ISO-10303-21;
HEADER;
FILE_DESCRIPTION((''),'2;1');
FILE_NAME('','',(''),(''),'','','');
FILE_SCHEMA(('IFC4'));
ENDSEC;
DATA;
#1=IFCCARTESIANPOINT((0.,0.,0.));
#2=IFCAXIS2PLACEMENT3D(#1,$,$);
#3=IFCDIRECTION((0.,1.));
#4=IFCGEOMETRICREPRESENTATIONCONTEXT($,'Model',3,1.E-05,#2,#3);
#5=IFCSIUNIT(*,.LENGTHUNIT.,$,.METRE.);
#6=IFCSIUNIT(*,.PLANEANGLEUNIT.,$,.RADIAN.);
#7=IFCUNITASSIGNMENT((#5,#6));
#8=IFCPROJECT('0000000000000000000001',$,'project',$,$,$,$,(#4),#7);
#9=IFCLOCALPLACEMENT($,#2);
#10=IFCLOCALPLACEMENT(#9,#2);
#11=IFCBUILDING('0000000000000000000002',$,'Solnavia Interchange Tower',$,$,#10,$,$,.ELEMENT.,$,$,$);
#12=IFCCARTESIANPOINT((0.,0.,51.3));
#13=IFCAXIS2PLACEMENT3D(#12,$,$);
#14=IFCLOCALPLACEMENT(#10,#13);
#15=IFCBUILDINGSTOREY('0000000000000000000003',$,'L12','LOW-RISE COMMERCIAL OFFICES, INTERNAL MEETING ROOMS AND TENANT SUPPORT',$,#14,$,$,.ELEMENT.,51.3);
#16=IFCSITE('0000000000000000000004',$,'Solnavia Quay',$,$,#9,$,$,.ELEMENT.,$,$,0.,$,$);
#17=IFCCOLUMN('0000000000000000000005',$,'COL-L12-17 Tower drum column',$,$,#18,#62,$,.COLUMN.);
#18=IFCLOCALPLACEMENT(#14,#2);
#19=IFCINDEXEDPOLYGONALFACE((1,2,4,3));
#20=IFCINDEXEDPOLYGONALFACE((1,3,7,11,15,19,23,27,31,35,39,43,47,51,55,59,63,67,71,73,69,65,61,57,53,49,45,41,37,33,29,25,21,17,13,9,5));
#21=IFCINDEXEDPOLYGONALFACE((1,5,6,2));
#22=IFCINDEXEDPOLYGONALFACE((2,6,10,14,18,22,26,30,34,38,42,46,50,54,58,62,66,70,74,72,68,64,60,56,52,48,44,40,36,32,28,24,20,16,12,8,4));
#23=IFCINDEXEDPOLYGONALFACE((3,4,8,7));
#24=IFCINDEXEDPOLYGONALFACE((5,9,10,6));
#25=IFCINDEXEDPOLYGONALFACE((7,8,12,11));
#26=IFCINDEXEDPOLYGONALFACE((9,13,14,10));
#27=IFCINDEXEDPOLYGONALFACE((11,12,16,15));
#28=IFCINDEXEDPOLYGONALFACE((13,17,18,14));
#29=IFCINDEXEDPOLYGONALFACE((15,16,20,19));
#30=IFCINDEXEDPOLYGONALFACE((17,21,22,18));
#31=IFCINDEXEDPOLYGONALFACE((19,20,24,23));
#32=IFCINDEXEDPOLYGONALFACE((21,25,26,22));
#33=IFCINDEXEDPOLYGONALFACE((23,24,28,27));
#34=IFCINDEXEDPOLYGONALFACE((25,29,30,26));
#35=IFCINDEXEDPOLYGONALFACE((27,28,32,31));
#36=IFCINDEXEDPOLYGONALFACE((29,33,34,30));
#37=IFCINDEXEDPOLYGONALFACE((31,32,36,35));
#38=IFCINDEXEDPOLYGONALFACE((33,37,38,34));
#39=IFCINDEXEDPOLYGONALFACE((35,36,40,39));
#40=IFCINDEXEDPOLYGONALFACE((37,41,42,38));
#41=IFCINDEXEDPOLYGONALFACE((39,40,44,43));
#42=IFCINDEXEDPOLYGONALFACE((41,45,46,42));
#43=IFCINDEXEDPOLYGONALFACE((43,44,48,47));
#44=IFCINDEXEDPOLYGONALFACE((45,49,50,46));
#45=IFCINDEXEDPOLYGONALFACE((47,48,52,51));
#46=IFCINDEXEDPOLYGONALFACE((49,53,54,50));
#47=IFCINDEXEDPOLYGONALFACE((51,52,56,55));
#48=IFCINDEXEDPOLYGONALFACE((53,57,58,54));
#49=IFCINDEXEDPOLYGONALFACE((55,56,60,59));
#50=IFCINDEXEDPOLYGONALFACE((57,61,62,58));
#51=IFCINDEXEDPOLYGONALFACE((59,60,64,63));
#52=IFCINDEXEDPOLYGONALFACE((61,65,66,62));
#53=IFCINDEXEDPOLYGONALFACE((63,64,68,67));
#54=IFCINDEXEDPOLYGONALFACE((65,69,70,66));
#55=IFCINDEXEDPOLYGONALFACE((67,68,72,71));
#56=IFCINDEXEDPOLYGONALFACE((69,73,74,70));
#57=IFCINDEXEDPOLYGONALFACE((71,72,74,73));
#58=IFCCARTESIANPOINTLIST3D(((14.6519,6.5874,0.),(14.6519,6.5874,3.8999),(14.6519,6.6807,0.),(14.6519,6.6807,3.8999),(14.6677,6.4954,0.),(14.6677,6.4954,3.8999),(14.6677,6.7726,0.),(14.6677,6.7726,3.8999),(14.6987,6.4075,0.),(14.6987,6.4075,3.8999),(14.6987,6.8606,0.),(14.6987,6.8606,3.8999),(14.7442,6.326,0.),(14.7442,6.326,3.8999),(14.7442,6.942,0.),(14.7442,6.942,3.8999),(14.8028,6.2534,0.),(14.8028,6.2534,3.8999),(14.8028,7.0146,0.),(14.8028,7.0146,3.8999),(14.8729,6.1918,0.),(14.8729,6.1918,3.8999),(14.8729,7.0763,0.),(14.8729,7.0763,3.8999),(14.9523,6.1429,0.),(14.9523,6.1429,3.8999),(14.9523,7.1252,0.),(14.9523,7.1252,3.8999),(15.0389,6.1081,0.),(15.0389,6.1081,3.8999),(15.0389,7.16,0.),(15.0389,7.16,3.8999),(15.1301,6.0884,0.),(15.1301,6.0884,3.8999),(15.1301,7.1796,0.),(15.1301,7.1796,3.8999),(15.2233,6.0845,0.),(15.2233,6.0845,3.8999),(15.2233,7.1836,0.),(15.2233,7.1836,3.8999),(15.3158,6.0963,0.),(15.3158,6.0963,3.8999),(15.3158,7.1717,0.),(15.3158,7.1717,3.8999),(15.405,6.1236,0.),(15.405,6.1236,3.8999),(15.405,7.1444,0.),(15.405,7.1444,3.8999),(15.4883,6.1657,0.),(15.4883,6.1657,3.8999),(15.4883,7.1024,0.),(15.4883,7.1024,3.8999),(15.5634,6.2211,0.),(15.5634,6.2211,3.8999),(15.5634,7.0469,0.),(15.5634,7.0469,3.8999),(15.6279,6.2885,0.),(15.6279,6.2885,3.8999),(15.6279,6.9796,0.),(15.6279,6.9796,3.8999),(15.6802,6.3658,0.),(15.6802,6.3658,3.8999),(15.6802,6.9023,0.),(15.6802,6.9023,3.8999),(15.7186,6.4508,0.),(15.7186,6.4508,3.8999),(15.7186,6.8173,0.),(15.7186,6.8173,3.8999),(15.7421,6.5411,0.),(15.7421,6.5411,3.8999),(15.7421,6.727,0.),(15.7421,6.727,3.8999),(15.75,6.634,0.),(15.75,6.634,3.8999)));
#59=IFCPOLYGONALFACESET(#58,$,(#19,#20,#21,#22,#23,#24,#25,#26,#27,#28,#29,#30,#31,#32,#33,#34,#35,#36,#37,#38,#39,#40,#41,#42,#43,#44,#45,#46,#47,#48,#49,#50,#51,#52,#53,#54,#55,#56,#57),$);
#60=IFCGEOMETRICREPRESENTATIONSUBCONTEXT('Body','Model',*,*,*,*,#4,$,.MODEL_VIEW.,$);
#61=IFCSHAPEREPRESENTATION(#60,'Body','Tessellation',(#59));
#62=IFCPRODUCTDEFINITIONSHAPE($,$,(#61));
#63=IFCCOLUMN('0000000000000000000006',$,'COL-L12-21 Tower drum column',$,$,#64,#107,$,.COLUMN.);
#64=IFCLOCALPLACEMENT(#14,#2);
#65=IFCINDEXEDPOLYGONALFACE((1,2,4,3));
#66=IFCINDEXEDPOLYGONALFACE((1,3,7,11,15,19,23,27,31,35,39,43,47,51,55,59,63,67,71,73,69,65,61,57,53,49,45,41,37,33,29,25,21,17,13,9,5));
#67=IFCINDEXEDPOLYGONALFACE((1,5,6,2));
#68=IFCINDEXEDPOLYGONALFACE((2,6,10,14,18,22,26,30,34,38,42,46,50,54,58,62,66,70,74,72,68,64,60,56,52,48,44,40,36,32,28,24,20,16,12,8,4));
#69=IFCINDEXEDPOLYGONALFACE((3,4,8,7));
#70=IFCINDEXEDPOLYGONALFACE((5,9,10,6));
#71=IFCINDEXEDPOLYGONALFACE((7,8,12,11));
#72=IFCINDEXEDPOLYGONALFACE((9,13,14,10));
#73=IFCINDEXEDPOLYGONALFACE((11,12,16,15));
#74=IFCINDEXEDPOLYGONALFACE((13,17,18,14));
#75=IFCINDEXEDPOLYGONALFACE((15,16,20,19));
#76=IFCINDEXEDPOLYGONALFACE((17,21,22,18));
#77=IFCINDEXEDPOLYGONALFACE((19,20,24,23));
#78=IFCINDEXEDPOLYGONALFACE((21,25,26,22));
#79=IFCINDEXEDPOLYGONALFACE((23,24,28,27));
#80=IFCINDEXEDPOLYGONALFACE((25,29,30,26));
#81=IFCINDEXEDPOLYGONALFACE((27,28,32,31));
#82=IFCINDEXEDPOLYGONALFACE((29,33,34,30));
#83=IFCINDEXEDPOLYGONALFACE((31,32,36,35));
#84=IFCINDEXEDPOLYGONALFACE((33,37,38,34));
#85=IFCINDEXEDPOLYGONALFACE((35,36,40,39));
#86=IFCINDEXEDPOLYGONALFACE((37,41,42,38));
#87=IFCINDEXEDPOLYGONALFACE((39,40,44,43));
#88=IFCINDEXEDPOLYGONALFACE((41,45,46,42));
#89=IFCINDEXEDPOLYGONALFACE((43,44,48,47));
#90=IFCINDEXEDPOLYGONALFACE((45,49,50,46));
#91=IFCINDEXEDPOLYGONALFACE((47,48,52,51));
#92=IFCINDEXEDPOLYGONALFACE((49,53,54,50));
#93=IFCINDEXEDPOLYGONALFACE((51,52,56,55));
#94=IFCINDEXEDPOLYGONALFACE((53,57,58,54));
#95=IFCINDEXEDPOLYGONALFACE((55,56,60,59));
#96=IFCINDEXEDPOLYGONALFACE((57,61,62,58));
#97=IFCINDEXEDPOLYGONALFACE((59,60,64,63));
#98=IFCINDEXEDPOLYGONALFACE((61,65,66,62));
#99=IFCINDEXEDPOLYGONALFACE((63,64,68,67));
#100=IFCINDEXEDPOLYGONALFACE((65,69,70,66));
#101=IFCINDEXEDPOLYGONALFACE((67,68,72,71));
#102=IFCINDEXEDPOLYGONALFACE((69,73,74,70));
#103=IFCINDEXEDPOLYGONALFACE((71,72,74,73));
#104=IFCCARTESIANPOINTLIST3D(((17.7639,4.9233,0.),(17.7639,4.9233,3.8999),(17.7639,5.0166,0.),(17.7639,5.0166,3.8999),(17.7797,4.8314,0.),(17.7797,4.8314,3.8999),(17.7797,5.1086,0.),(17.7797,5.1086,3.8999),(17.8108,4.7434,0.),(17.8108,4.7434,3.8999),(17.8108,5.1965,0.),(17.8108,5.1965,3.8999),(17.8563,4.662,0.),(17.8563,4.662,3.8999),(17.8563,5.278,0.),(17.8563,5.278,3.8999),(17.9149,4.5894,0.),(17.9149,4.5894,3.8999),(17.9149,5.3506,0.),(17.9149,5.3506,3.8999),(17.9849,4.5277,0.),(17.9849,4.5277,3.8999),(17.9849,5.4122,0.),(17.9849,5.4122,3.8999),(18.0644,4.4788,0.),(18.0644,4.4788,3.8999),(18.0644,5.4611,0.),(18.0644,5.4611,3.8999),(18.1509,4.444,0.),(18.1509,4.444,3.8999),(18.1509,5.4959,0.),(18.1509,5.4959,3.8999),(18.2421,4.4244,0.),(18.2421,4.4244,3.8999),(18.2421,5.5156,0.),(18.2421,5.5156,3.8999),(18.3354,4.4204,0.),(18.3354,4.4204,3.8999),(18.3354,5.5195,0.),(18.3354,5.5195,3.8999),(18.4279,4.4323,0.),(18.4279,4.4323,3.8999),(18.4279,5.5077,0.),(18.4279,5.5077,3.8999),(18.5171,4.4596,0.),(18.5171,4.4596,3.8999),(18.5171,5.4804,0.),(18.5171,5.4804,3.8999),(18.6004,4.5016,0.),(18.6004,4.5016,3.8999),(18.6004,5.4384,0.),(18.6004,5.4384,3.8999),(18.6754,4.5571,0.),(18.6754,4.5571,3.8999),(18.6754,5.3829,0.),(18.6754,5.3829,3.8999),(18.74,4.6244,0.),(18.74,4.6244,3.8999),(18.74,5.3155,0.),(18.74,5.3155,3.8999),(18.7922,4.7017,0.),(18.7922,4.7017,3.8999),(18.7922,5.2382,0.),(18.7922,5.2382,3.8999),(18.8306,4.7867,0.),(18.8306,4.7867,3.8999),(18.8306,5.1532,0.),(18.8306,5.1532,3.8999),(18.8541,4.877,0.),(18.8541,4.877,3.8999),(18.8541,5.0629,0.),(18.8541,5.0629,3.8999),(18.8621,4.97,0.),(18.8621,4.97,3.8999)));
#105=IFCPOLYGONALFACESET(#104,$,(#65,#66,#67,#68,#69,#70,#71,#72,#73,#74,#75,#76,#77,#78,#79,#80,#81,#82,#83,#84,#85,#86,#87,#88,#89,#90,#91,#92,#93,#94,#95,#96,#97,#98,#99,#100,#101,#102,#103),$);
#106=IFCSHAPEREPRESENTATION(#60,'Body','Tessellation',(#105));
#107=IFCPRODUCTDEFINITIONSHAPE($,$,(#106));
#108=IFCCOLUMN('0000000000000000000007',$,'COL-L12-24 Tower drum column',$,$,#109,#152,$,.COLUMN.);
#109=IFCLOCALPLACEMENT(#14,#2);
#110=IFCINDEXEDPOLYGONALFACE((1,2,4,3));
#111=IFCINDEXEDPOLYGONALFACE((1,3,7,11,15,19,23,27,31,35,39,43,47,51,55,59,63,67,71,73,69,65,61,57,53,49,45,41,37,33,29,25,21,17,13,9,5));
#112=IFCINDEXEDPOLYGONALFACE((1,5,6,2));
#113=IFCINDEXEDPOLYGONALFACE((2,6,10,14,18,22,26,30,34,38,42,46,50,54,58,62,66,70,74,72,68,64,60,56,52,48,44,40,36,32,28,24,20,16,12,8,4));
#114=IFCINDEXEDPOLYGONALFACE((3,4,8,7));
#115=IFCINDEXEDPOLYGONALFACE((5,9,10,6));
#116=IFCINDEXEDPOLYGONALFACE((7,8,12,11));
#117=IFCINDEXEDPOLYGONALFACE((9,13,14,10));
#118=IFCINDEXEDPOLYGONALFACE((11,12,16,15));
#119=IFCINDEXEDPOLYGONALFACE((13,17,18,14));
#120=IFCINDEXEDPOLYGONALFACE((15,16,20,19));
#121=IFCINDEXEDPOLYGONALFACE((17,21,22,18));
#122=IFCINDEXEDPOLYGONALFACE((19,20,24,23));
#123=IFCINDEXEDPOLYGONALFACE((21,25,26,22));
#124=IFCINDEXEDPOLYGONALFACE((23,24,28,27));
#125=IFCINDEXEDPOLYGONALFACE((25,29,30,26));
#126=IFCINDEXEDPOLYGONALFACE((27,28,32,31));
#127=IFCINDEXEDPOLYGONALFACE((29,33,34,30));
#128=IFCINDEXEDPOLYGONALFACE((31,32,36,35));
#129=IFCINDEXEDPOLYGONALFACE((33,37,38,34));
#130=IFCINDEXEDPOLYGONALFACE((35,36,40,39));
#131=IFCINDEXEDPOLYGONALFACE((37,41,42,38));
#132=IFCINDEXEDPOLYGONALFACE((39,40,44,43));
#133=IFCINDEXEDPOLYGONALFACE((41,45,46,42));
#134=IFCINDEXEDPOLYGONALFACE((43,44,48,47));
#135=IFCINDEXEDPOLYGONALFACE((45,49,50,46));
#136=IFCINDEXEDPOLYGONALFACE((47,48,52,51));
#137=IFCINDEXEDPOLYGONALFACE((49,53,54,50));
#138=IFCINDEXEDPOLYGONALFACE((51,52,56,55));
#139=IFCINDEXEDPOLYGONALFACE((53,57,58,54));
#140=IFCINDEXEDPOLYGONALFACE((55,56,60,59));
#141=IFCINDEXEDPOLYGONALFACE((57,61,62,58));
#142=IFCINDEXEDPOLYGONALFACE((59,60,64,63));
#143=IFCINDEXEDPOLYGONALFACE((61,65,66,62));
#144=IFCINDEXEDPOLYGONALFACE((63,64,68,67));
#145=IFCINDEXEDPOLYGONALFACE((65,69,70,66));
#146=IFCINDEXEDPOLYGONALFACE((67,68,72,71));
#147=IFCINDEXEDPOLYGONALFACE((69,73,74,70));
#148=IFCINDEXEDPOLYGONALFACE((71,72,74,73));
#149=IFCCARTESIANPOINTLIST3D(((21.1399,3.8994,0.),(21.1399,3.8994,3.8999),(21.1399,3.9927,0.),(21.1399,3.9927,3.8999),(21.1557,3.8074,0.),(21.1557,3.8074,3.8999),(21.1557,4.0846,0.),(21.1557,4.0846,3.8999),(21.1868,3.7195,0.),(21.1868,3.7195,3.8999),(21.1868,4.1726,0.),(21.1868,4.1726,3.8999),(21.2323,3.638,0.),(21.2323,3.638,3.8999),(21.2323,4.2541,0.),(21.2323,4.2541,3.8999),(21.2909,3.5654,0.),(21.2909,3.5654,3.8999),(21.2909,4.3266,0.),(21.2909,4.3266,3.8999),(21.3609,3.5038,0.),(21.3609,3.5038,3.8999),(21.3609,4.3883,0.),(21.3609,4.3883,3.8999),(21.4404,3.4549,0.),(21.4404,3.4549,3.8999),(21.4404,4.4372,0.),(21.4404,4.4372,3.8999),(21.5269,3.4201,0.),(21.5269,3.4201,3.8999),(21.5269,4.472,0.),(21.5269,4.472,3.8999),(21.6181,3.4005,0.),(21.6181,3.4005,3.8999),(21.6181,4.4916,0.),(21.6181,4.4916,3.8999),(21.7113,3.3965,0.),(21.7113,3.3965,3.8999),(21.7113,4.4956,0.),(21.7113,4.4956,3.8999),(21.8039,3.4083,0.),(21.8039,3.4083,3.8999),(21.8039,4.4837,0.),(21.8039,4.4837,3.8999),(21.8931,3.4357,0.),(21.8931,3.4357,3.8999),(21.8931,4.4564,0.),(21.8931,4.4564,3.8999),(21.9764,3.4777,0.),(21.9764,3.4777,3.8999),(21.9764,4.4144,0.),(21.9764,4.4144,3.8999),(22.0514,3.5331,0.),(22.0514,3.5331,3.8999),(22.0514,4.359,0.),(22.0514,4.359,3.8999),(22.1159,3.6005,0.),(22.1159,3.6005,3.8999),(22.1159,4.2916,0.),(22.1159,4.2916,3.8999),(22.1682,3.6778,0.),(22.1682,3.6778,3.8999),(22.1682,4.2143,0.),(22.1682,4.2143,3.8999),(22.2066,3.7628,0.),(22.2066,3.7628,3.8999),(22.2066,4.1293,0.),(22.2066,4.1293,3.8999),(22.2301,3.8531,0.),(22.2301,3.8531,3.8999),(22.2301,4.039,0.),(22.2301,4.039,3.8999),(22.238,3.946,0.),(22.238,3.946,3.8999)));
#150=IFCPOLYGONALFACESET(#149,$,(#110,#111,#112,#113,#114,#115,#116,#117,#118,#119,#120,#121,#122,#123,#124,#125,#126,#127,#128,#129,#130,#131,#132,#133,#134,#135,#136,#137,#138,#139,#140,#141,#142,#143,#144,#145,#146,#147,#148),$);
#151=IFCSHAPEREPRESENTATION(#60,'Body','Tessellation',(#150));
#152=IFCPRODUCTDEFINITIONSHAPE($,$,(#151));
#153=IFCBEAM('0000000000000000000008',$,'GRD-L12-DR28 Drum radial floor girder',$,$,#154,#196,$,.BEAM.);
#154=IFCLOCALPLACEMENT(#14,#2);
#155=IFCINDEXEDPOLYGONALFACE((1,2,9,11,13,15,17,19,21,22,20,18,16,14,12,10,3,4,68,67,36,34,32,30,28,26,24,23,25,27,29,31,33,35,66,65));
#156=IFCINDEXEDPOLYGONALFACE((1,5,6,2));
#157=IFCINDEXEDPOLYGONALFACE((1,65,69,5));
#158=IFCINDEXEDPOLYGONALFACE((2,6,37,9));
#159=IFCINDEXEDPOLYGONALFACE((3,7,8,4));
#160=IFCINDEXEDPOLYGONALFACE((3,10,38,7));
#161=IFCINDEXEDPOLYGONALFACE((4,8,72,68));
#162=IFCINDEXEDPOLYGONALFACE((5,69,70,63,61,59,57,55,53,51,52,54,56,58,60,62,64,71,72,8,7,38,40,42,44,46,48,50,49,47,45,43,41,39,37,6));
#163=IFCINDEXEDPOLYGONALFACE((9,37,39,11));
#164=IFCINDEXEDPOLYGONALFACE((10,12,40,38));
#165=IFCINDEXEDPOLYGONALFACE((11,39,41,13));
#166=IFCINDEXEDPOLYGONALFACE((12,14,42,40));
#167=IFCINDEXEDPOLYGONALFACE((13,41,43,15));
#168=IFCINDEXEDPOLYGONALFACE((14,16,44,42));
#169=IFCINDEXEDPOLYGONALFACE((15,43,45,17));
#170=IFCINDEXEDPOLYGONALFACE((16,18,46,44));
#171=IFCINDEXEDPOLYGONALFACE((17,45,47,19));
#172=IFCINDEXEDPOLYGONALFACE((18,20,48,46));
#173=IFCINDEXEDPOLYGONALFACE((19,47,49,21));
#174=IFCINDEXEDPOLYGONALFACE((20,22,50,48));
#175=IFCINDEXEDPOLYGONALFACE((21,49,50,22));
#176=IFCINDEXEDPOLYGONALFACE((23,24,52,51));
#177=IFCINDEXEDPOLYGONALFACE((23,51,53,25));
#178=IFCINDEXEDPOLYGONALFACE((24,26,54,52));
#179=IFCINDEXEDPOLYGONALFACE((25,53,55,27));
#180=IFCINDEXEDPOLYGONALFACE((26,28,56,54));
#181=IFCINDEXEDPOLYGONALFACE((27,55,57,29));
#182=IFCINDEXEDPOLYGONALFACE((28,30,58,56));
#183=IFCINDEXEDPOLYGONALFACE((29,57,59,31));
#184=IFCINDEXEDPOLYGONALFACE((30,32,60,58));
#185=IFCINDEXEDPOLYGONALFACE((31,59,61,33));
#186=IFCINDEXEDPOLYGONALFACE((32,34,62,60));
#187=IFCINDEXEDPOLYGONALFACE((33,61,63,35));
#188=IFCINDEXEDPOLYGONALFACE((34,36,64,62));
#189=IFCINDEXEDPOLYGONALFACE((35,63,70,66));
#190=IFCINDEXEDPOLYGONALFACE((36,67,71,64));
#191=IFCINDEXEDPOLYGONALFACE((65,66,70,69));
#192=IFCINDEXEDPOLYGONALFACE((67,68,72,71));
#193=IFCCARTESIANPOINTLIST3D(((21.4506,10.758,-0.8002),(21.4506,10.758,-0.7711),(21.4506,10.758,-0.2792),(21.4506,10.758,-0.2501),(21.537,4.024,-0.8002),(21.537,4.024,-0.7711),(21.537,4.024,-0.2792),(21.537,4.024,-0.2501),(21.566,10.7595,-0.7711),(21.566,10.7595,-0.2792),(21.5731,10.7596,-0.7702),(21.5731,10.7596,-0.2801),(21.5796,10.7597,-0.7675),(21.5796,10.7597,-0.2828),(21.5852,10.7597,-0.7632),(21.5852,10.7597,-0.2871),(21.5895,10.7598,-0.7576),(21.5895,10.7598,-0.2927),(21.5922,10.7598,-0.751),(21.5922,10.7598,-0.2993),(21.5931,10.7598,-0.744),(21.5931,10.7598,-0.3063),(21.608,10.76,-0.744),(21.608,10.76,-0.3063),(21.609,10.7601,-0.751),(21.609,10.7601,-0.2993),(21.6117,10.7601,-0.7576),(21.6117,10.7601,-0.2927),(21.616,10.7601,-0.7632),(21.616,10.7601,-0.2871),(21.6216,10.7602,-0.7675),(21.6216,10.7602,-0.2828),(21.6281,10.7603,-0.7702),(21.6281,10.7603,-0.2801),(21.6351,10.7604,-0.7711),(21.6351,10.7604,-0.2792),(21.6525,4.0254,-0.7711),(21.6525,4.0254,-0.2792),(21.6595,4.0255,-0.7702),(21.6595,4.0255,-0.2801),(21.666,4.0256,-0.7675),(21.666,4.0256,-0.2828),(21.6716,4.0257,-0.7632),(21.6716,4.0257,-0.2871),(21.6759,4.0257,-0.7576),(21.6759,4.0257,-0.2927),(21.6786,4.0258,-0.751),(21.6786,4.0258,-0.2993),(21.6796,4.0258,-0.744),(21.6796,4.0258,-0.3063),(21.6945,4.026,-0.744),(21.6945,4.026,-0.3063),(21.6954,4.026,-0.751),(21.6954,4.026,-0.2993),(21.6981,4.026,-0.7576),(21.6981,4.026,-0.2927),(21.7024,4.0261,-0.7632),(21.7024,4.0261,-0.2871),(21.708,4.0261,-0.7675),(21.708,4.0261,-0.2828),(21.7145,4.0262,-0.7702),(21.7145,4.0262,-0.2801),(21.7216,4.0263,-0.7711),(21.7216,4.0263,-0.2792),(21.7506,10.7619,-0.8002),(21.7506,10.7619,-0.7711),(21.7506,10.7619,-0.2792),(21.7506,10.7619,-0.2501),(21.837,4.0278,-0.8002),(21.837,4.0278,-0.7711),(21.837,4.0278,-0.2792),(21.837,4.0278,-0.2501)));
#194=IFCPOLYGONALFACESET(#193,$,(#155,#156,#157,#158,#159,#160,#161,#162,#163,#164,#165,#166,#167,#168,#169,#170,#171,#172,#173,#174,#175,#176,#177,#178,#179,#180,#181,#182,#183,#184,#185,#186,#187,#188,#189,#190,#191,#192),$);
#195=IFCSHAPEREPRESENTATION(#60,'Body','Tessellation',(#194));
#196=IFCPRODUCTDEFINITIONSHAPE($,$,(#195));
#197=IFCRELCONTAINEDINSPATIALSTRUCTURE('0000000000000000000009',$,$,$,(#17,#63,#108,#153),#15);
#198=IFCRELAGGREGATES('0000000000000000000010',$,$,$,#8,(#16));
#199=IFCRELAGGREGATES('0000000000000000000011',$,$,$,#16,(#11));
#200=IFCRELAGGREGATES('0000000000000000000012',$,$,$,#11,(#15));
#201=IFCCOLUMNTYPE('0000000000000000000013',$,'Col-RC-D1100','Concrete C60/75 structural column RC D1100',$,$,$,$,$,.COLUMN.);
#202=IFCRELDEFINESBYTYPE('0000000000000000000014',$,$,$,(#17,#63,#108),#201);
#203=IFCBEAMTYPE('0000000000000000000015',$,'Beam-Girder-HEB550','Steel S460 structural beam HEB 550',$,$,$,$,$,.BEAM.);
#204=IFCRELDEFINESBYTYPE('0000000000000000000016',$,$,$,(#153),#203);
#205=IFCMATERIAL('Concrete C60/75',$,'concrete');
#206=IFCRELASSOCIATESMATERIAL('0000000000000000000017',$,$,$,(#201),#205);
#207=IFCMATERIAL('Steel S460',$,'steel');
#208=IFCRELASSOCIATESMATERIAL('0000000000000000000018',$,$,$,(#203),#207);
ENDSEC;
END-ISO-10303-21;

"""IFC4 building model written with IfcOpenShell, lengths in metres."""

from ifc_helpers import new_model, si_unit, direction, frame, origin, origin_2d, place, context, subcontext, project, spatial, circle, i_section, extrude, material, material_profile, profile_set, type_object, element, save


model = new_model("IFC4")

# Units and contexts
model_context = context("Model", 3, precision=1e-05, world=origin(), true_north=direction((0.0, 1.0)))
body_context = subcontext(model_context, "Body", "Model", "MODEL_VIEW")
ifc_project = project(units=[si_unit("LENGTHUNIT", "METRE"), si_unit("PLANEANGLEUNIT", "RADIAN")], contexts=[model_context])

# Site, building, storey
site_placement = place(None, origin())
site = spatial("IfcSite", under=ifc_project, at=site_placement, Name="Solnavia Quay", CompositionType="ELEMENT", RefElevation=0.0)
building_placement = place(site_placement, origin())
building = spatial("IfcBuilding", under=site, at=building_placement, Name="Solnavia Interchange Tower", CompositionType="ELEMENT")
storey_placement = place(building_placement, frame((0.0, 0.0, 51.3)))
storey = spatial("IfcBuildingStorey", under=building, at=storey_placement, Name="L12", Description="LOW-RISE COMMERCIAL OFFICES, INTERNAL MEETING ROOMS AND TENANT SUPPORT", CompositionType="ELEMENT", Elevation=51.3)

# Columns
ifc_material_1 = material(Name="Concrete C60/75", Category="concrete")
ifc_material_profile_1 = material_profile(ifc_material_1, circle(Radius=0.55, at=origin_2d()), Name="RC D1100")
ifc_profile_set_1 = profile_set([ifc_material_profile_1], Name="Concrete C60/75")
column_type = type_object("IfcColumnType", Name="Col-RC-D1100", Description="Concrete C60/75 structural column RC D1100", PredefinedType="COLUMN", material=ifc_profile_set_1)
for number, where, z_axis, x_axis, name in (
    (1, (15.2, 6.634, 0.0), (0.0, 0.0, 1.0), (1.0, 0.0, 0.0), "COL-L12-17 Tower drum column"),
    (2, (18.312, 4.97, 0.0), (0.0, 0.0, 1.0), (1.0, 0.0, 0.0), "COL-L12-21 Tower drum column"),
    (3, (21.688, 3.946, 0.0), (0.0, 0.0, 1.0), (1.0, 0.0, 0.0), "COL-L12-24 Tower drum column"),
):
    element("IfcColumn", number, at=place(storey_placement, frame(where, z_axis=z_axis, x_axis=x_axis)), inside=storey, type_object=column_type, Name=name, PredefinedType="COLUMN", context=body_context, shape_type="SweptSolid", body=[
        extrude(circle(Radius=0.55, at=origin_2d()), origin(), (0.0, 0.0, 1.0), 3.8999),
    ])

# Beam
ifc_material_2 = material(Name="Steel S460", Category="steel")
ifc_material_profile_2 = material_profile(ifc_material_2, i_section(OverallWidth=0.3, OverallDepth=0.55, WebThickness=0.0149, FlangeThickness=0.0291, FilletRadius=0.0271, at=origin_2d()), Name="HEB 550")
ifc_profile_set_2 = profile_set([ifc_material_profile_2], Name="Steel S460")
beam_type_1 = type_object("IfcBeamType", Name="Beam-Girder-HEB550", Description="Steel S460 structural beam HEB 550", PredefinedType="BEAM", material=ifc_profile_set_2)
beam_1_placement = place(storey_placement, frame((21.687, 4.0259, -0.5251), z_axis=(-0.012833, 0.999918, 0.0), x_axis=(-0.999918, -0.012833, 0.0)))
element("IfcBeam", 4, at=beam_1_placement, inside=storey, type_object=beam_type_1, Name="GRD-L12-DR28 Drum radial floor girder", PredefinedType="BEAM", context=body_context, shape_type="SweptSolid", body=[
    extrude(i_section(OverallWidth=0.3, OverallDepth=0.55, WebThickness=0.0149, FlangeThickness=0.0291, FilletRadius=0.0271, at=origin_2d()), origin(), (0.0, 0.0, 1.0), 6.7346),
])

save(model, "model.ifc")
